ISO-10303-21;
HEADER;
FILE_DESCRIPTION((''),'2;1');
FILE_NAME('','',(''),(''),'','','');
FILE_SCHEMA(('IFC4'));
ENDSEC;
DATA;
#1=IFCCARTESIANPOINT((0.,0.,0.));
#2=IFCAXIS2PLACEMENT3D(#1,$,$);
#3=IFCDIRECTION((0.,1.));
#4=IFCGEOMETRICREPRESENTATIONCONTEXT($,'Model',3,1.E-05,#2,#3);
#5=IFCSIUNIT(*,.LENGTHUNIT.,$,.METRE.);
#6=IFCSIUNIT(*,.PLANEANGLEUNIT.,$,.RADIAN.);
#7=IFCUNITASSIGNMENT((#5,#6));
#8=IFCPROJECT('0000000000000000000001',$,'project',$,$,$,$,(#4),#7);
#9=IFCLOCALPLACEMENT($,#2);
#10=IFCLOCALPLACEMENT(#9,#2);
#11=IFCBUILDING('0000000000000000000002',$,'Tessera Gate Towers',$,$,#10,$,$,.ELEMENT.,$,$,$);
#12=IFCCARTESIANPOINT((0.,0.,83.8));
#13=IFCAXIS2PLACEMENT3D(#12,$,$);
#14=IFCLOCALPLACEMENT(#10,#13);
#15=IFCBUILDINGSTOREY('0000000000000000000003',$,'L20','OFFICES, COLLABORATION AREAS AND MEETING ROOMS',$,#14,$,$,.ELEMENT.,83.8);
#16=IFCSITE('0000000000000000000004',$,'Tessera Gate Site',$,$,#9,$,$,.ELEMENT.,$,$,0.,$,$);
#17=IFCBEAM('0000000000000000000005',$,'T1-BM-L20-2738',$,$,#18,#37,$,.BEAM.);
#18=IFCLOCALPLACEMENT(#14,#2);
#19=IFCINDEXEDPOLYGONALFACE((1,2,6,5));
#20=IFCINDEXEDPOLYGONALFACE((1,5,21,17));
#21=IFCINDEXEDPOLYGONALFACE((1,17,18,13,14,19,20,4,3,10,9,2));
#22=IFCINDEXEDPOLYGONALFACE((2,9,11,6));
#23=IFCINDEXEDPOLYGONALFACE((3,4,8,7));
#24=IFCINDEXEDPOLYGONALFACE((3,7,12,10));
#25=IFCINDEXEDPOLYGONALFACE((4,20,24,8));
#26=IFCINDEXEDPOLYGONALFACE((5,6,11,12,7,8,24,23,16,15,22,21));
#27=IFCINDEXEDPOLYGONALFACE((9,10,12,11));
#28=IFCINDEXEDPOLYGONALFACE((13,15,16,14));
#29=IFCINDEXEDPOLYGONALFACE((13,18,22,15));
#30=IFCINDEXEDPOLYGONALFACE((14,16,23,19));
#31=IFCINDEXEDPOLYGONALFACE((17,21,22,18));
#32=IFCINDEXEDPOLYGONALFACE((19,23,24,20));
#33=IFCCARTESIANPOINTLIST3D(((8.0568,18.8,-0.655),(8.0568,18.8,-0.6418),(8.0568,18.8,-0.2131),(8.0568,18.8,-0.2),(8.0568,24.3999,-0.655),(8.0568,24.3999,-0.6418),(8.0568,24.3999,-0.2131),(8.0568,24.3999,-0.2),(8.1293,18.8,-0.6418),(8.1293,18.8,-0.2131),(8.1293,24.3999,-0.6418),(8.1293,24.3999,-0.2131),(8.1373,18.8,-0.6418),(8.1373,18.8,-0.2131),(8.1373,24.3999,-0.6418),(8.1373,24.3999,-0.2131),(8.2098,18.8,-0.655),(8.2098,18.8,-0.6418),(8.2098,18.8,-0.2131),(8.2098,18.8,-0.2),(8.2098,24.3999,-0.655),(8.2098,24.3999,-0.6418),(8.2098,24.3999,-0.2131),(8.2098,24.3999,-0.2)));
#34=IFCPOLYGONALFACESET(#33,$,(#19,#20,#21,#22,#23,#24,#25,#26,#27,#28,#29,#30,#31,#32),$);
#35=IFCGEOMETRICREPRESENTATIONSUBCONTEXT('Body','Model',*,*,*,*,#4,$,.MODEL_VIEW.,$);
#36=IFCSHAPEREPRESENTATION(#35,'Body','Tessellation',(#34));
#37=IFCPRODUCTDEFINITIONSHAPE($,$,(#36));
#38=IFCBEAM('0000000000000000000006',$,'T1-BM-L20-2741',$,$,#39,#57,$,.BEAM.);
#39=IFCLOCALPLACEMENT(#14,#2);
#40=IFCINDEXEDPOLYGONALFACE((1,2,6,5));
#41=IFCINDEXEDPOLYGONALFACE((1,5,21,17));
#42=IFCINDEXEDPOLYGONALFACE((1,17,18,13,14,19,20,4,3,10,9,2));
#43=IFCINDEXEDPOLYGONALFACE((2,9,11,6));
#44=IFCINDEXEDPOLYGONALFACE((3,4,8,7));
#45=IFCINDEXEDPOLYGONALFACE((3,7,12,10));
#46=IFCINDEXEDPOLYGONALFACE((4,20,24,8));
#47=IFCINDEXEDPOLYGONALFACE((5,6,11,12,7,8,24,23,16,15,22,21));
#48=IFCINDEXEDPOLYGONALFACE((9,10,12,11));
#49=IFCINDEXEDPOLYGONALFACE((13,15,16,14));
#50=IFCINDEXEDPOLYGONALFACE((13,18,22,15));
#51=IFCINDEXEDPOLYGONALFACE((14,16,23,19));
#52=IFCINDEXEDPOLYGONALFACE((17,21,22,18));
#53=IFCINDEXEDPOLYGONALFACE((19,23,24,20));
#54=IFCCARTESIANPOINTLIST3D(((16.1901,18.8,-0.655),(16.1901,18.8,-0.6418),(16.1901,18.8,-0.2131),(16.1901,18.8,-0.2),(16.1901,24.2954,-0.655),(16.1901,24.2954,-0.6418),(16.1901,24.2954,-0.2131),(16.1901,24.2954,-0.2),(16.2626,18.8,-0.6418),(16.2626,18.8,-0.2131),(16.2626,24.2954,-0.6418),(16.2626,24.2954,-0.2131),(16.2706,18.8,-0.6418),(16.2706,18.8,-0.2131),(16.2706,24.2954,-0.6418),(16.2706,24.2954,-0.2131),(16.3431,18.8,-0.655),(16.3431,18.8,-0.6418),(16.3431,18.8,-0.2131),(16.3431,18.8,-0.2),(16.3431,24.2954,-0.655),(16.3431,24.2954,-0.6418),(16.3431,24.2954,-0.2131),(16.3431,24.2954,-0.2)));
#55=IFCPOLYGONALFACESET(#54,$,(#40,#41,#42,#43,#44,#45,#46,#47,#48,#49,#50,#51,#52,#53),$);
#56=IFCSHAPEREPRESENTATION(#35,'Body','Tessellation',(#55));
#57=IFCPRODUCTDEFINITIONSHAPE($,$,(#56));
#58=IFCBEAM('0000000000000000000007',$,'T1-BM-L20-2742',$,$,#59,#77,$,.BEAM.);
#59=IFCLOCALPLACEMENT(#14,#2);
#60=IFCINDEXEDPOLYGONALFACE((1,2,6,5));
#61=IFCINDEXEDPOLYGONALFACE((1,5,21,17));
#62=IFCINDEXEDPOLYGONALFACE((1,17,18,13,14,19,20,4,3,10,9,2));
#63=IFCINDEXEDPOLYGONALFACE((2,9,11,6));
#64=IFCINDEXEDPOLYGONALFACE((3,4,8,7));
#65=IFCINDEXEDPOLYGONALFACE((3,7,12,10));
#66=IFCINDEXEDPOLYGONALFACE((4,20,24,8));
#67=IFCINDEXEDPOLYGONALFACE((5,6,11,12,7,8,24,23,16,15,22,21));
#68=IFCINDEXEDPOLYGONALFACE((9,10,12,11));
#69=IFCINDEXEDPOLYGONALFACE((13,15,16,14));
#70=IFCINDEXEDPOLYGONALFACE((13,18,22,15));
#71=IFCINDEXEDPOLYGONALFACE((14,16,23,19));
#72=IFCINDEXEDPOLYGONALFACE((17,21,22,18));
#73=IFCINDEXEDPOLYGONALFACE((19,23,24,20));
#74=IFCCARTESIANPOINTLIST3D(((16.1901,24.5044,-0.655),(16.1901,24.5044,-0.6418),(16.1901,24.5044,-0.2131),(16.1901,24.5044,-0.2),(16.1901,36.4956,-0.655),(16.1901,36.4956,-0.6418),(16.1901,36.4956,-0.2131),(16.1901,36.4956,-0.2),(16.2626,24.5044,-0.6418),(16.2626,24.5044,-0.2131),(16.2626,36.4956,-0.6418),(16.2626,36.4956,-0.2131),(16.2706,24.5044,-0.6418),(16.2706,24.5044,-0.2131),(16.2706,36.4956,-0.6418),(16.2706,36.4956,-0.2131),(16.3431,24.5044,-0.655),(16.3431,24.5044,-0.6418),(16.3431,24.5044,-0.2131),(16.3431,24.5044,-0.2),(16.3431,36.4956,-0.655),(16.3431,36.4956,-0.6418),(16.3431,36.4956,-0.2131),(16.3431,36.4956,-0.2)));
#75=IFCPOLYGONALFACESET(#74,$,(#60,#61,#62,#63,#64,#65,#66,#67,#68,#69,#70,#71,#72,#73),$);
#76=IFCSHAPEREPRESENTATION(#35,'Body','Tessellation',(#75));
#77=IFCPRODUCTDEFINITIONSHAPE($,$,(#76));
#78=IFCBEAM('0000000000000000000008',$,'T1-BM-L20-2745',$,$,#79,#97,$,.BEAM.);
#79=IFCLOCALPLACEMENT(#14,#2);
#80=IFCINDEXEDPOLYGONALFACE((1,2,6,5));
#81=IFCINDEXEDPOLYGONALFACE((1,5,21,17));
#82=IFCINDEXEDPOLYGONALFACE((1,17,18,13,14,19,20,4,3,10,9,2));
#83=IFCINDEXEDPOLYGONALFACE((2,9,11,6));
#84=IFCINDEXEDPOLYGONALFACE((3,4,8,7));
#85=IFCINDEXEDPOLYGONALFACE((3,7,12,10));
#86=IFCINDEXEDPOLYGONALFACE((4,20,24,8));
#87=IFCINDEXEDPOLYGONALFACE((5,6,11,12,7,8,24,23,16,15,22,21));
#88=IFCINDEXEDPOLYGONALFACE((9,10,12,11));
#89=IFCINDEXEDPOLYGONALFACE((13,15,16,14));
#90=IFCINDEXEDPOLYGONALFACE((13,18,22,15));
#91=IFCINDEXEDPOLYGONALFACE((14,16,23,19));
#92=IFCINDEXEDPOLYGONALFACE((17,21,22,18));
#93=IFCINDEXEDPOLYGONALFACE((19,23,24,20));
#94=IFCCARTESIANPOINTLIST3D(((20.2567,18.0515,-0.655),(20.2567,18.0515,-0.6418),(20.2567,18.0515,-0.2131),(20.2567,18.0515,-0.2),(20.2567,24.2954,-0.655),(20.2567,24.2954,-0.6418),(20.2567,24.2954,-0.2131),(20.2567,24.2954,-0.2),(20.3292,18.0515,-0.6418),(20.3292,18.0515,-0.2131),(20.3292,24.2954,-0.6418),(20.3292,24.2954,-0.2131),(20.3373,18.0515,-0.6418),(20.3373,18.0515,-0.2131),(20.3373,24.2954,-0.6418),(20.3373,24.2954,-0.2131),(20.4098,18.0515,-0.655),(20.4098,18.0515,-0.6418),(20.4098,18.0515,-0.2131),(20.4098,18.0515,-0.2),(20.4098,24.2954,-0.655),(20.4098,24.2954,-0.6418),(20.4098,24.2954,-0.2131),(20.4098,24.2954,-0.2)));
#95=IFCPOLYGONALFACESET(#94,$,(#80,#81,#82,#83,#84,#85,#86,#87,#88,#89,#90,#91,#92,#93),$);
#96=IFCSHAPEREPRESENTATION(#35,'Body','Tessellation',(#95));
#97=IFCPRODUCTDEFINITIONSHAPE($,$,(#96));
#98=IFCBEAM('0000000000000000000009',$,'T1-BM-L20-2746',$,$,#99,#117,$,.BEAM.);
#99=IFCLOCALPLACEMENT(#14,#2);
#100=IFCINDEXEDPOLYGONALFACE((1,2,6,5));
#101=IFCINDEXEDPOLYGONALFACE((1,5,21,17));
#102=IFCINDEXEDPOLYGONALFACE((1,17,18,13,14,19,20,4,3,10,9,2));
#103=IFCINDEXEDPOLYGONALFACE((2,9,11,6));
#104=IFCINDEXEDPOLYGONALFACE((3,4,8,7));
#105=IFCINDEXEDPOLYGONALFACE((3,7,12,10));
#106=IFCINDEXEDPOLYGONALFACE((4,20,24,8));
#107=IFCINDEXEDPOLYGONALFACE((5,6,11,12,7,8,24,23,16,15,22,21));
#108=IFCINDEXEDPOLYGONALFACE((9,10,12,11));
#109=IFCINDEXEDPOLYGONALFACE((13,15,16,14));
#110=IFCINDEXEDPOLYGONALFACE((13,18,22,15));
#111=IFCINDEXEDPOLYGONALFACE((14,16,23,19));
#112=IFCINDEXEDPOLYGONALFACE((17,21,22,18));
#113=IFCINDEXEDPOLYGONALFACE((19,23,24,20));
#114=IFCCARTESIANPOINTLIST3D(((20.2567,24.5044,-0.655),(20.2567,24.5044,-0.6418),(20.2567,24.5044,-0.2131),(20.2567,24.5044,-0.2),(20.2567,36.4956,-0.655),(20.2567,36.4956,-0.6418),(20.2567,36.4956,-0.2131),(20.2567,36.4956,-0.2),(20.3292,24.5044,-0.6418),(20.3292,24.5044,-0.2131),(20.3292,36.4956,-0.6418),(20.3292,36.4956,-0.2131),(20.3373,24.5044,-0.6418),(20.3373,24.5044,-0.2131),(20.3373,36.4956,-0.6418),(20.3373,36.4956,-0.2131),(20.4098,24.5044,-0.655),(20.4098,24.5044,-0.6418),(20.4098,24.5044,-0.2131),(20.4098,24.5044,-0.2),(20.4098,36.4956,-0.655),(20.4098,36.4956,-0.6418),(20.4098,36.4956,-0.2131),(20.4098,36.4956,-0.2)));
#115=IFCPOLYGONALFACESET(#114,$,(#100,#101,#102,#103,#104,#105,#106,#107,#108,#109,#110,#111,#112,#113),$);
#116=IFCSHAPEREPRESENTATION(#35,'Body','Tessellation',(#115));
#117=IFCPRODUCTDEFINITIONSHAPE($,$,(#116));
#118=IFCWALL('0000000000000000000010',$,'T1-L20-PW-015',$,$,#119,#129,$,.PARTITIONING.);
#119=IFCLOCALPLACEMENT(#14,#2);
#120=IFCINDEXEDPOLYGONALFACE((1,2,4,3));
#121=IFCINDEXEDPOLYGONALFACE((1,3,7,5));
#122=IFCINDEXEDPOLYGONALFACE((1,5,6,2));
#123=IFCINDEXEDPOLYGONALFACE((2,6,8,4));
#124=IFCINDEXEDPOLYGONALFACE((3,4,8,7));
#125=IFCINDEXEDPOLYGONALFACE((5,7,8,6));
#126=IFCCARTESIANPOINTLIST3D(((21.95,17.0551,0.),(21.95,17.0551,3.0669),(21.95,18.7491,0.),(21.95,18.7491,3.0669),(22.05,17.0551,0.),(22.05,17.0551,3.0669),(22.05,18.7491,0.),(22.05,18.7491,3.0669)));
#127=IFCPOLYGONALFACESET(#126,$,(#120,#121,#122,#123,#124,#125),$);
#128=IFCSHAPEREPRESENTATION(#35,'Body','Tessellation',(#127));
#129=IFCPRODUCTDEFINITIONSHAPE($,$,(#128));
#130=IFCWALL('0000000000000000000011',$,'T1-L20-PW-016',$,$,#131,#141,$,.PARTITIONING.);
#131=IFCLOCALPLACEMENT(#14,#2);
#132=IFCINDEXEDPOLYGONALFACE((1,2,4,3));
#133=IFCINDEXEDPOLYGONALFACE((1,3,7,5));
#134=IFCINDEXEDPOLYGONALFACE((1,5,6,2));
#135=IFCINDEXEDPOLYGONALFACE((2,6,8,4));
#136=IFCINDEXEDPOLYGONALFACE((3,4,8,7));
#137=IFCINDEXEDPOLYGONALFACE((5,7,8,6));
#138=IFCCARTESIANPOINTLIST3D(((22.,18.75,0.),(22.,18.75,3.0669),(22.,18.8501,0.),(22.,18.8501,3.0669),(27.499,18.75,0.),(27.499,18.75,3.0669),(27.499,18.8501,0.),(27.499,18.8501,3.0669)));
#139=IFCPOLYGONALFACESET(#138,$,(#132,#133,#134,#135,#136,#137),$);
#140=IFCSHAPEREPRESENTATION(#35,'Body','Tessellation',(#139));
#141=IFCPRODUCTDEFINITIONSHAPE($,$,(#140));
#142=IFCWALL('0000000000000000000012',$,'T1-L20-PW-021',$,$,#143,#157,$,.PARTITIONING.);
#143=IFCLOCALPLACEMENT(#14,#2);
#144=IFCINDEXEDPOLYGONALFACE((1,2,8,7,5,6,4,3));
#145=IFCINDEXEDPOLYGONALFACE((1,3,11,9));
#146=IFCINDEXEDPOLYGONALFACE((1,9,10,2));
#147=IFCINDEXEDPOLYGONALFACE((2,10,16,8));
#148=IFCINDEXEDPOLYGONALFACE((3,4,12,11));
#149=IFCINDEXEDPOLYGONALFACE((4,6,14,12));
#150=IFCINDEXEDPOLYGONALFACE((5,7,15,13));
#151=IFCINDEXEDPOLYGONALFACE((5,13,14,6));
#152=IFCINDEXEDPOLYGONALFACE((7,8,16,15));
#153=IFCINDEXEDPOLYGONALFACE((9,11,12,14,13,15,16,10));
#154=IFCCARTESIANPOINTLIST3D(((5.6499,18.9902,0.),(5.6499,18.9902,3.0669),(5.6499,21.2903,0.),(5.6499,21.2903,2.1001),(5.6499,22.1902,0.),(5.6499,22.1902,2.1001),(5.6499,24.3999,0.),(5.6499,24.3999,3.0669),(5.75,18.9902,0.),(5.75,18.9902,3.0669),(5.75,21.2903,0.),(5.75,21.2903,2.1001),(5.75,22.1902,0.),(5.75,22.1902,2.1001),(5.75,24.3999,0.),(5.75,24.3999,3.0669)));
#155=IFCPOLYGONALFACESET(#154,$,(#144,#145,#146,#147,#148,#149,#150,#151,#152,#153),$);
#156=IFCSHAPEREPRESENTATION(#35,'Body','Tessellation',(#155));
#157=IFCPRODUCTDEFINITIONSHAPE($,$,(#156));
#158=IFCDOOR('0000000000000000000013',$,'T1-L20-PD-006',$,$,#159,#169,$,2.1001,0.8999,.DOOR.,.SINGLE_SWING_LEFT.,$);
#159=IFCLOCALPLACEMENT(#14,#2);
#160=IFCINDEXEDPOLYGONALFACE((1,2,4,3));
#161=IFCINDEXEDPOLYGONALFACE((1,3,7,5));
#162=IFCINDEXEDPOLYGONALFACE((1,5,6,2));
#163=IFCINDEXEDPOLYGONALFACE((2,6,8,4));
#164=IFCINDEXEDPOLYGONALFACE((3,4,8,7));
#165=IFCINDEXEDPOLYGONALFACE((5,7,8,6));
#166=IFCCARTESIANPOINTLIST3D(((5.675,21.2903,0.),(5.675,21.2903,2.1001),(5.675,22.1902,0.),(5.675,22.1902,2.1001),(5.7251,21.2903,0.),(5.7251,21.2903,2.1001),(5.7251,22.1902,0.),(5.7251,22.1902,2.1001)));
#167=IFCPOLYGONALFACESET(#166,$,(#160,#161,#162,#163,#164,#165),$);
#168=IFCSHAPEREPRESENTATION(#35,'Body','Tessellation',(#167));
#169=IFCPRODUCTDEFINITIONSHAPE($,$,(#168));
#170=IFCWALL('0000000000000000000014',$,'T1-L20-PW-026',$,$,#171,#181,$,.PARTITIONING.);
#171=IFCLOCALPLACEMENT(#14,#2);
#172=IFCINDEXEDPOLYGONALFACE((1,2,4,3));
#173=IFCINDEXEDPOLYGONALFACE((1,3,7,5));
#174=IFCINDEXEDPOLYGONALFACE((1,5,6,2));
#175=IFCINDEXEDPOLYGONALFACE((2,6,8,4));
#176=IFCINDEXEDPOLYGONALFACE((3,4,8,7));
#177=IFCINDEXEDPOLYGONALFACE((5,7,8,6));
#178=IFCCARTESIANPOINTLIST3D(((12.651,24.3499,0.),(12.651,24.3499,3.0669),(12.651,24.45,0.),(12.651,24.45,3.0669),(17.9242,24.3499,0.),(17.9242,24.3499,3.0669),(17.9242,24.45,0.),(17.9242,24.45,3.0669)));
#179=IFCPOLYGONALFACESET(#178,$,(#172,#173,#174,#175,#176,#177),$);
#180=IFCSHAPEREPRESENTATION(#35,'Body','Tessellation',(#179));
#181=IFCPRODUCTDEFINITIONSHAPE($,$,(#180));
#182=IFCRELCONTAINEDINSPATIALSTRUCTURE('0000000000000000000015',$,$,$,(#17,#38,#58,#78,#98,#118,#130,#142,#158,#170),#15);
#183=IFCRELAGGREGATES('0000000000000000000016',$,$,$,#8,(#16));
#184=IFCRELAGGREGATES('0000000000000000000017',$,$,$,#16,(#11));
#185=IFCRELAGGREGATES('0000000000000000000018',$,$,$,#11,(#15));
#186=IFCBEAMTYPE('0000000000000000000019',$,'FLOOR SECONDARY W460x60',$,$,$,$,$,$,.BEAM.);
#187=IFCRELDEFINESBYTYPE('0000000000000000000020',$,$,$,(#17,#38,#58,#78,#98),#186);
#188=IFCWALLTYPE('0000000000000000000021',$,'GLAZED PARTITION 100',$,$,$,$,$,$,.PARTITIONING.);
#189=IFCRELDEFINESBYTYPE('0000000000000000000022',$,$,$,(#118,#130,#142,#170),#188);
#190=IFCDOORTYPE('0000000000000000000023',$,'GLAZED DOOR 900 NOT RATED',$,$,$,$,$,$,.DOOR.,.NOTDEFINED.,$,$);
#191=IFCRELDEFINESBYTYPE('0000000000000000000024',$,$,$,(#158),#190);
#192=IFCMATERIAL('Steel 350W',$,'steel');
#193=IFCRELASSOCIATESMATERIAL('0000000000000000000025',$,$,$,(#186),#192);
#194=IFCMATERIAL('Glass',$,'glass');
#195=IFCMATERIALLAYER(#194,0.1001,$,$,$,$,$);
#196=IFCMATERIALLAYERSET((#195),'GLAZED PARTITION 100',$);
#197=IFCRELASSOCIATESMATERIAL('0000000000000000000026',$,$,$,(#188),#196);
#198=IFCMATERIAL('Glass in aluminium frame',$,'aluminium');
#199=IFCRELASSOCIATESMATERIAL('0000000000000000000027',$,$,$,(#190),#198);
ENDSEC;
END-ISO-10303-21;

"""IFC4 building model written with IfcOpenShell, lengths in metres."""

from ifc_helpers import new_model, si_unit, direction, frame, frame_2d, origin, origin_2d, place, context, subcontext, project, spatial, rectangle, i_section, extrude, source, transform, mapped, material, layer, layer_set, material_profile, profile_set, type_object, element, fill, save


model = new_model("IFC4")

# Units and contexts
model_context = context("Model", 3, precision=1e-05, world=origin(), true_north=direction((0.0, 1.0)))
body_context = subcontext(model_context, "Body", "Model", "MODEL_VIEW")
ifc_project = project(units=[si_unit("LENGTHUNIT", "METRE"), si_unit("PLANEANGLEUNIT", "RADIAN")], contexts=[model_context])

# Site, building, storey
site_placement = place(None, origin())
site = spatial("IfcSite", under=ifc_project, at=site_placement, Name="Tessera Gate Site", CompositionType="ELEMENT", RefElevation=0.0)
building_placement = place(site_placement, origin())
building = spatial("IfcBuilding", under=site, at=building_placement, Name="Tessera Gate Towers", CompositionType="ELEMENT")
storey_placement = place(building_placement, frame((0.0, 0.0, 83.8)))
storey = spatial("IfcBuildingStorey", under=building, at=storey_placement, Name="L20", Description="OFFICES, COLLABORATION AREAS AND MEETING ROOMS", CompositionType="ELEMENT", Elevation=83.8)

# Beams
ifc_material_1 = material(Name="Steel 350W", Category="steel")
ifc_material_profile_1 = material_profile(ifc_material_1, i_section(OverallWidth=0.1531, OverallDepth=0.4551, WebThickness=0.0081, FlangeThickness=0.0132, at=origin_2d()), Name="W460x60")
ifc_profile_set_1 = profile_set([ifc_material_profile_1], Name="Steel 350W")
beam_type_1 = type_object("IfcBeamType", Name="FLOOR SECONDARY W460x60", PredefinedType="BEAM", material=ifc_profile_set_1)
beam_1_placement = place(storey_placement, frame((8.1333, 18.8, -0.4275), z_axis=(0.0, 1.0, 0.0), x_axis=(-1.0, 0.0, 0.0)))
element("IfcBeam", 1, at=beam_1_placement, inside=storey, type_object=beam_type_1, Name="T1-BM-L20-2738", PredefinedType="BEAM", context=body_context, shape_type="SweptSolid", body=[
    extrude(i_section(OverallWidth=0.1531, OverallDepth=0.4551, WebThickness=0.0081, FlangeThickness=0.0132, at=origin_2d()), origin(), (0.0, 0.0, 1.0), 5.5999),
])
beam_2_placement = place(storey_placement, frame((16.2666, 18.8, -0.4275), z_axis=(0.0, 1.0, 0.0), x_axis=(-1.0, 0.0, 0.0)))
element("IfcBeam", 2, at=beam_2_placement, inside=storey, type_object=beam_type_1, Name="T1-BM-L20-2741", PredefinedType="BEAM", context=body_context, shape_type="SweptSolid", body=[
    extrude(i_section(OverallWidth=0.1531, OverallDepth=0.4551, WebThickness=0.0081, FlangeThickness=0.0132, at=origin_2d()), origin(), (0.0, 0.0, 1.0), 5.4954),
])
beam_3_placement = place(storey_placement, frame((16.2666, 24.5044, -0.4275), z_axis=(0.0, 1.0, 0.0), x_axis=(-1.0, 0.0, 0.0)))
element("IfcBeam", 3, at=beam_3_placement, inside=storey, type_object=beam_type_1, Name="T1-BM-L20-2742", PredefinedType="BEAM", context=body_context, shape_type="SweptSolid", body=[
    extrude(i_section(OverallWidth=0.1531, OverallDepth=0.4551, WebThickness=0.0081, FlangeThickness=0.0132, at=origin_2d()), origin(), (0.0, 0.0, 1.0), 11.9912),
])
beam_4_placement = place(storey_placement, frame((20.3333, 18.0515, -0.4275), z_axis=(0.0, 1.0, 0.0), x_axis=(-1.0, 0.0, 0.0)))
element("IfcBeam", 4, at=beam_4_placement, inside=storey, type_object=beam_type_1, Name="T1-BM-L20-2745", PredefinedType="BEAM", context=body_context, shape_type="SweptSolid", body=[
    extrude(i_section(OverallWidth=0.1531, OverallDepth=0.4551, WebThickness=0.0081, FlangeThickness=0.0132, at=origin_2d()), origin(), (0.0, 0.0, 1.0), 6.2439),
])
beam_5_placement = place(storey_placement, frame((20.3333, 24.5044, -0.4275), z_axis=(0.0, 1.0, 0.0), x_axis=(-1.0, 0.0, 0.0)))
element("IfcBeam", 5, at=beam_5_placement, inside=storey, type_object=beam_type_1, Name="T1-BM-L20-2746", PredefinedType="BEAM", context=body_context, shape_type="SweptSolid", body=[
    extrude(i_section(OverallWidth=0.1531, OverallDepth=0.4551, WebThickness=0.0081, FlangeThickness=0.0132, at=origin_2d()), origin(), (0.0, 0.0, 1.0), 11.9912),
])

# Walls
ifc_material_2 = material(Name="Glass", Category="glass")
ifc_layer_1 = layer(ifc_material_2, 0.1001)
ifc_layer_set_1 = layer_set([ifc_layer_1], Name="GLAZED PARTITION 100")
wall_type_1 = type_object("IfcWallType", Name="GLAZED PARTITION 100", PredefinedType="PARTITIONING", material=ifc_layer_set_1)
wall_1_placement = place(storey_placement, frame((22.0, 17.0549, 0.0), z_axis=(0.0, 0.0, 1.0), x_axis=(0.0, 1.0, 0.0)))
element("IfcWall", 6, at=wall_1_placement, inside=storey, type_object=wall_type_1, Name="T1-L20-PW-015", PredefinedType="PARTITIONING", context=body_context, shape_type="SweptSolid", body=[
    extrude(rectangle(XDim=1.6941, YDim=0.1001, at=frame_2d((0.8472, 0.0))), origin(), (0.0, 0.0, 1.0), 3.0669),
])
wall_2_placement = place(storey_placement, frame((22.0, 18.8, 0.0), z_axis=(0.0, 0.0, 1.0), x_axis=(1.0, 0.0, 0.0)))
element("IfcWall", 7, at=wall_2_placement, inside=storey, type_object=wall_type_1, Name="T1-L20-PW-016", PredefinedType="PARTITIONING", context=body_context, shape_type="SweptSolid", body=[
    extrude(rectangle(XDim=5.499, YDim=0.1001, at=frame_2d((2.7495, 0.0))), origin(), (0.0, 0.0, 1.0), 3.0669),
])

# Wall, opening, door
wall_3_placement = place(storey_placement, frame((5.7, 18.9902, 0.0), z_axis=(0.0, 0.0, 1.0), x_axis=(0.0, 1.0, 0.0)))
wall_3 = element("IfcWall", 8, at=wall_3_placement, inside=storey, type_object=wall_type_1, Name="T1-L20-PW-021", PredefinedType="PARTITIONING", context=body_context, shape_type="SweptSolid", body=[
    extrude(rectangle(XDim=5.4097, YDim=0.1001, at=frame_2d((2.7048, 0.0))), origin(), (0.0, 0.0, 1.0), 3.0669),
])
shared_shape_1 = source(origin(), body_context, "Body", "SweptSolid", [
    extrude(rectangle(XDim=0.8999, YDim=2.1001, at=frame_2d((0.45, 1.05))), frame((0.0, 0.0601, 0.0), z_axis=(0.0, -1.0, 0.0), x_axis=(1.0, 0.0, 0.0)), (0.0, 0.0, 1.0), 0.1201),
])
opening_1_placement = place(wall_3_placement, frame((2.3, 0.0, 0.0)))
opening_1 = element("IfcOpeningElement", 9, at=opening_1_placement, cuts=wall_3, PredefinedType="OPENING", context=body_context, shape_type="MappedRepresentation", body=[
    mapped(shared_shape_1, transform((0.0, 0.0, 0.0), scale=1.0)),
])
ifc_material_3 = material(Name="Glass in aluminium frame", Category="aluminium")
door_type = type_object("IfcDoorType", Name="GLAZED DOOR 900 NOT RATED", OperationType="NOTDEFINED", PredefinedType="DOOR", material=ifc_material_3)
shared_shape_2 = source(origin(), body_context, "Body", "SweptSolid", [
    extrude(rectangle(XDim=0.8999, YDim=2.1001, at=frame_2d((0.45, 1.05))), frame((0.0, 0.0249, 0.0), z_axis=(0.0, -1.0, 0.0), x_axis=(1.0, 0.0, 0.0)), (0.0, 0.0, 1.0), 0.05),
])
door_1_placement = place(opening_1_placement, origin())
door_1 = element("IfcDoor", 10, at=door_1_placement, inside=storey, type_object=door_type, Name="T1-L20-PD-006", OperationType="SINGLE_SWING_LEFT", OverallHeight=2.1001, OverallWidth=0.8999, PredefinedType="DOOR", context=body_context, shape_type="MappedRepresentation", body=[
    mapped(shared_shape_2, transform((0.0, 0.0, 0.0), scale=1.0)),
])
fill(opening_1, door_1)

# Wall
wall_4_placement = place(storey_placement, frame((12.6509, 24.3999, 0.0), z_axis=(0.0, 0.0, 1.0), x_axis=(1.0, 0.0, 0.0)))
element("IfcWall", 11, at=wall_4_placement, inside=storey, type_object=wall_type_1, Name="T1-L20-PW-026", PredefinedType="PARTITIONING", context=body_context, shape_type="SweptSolid", body=[
    extrude(rectangle(XDim=5.2732, YDim=0.1001, at=frame_2d((2.6367, 0.0))), origin(), (0.0, 0.0, 1.0), 3.0669),
])

save(model, "model.ifc")
